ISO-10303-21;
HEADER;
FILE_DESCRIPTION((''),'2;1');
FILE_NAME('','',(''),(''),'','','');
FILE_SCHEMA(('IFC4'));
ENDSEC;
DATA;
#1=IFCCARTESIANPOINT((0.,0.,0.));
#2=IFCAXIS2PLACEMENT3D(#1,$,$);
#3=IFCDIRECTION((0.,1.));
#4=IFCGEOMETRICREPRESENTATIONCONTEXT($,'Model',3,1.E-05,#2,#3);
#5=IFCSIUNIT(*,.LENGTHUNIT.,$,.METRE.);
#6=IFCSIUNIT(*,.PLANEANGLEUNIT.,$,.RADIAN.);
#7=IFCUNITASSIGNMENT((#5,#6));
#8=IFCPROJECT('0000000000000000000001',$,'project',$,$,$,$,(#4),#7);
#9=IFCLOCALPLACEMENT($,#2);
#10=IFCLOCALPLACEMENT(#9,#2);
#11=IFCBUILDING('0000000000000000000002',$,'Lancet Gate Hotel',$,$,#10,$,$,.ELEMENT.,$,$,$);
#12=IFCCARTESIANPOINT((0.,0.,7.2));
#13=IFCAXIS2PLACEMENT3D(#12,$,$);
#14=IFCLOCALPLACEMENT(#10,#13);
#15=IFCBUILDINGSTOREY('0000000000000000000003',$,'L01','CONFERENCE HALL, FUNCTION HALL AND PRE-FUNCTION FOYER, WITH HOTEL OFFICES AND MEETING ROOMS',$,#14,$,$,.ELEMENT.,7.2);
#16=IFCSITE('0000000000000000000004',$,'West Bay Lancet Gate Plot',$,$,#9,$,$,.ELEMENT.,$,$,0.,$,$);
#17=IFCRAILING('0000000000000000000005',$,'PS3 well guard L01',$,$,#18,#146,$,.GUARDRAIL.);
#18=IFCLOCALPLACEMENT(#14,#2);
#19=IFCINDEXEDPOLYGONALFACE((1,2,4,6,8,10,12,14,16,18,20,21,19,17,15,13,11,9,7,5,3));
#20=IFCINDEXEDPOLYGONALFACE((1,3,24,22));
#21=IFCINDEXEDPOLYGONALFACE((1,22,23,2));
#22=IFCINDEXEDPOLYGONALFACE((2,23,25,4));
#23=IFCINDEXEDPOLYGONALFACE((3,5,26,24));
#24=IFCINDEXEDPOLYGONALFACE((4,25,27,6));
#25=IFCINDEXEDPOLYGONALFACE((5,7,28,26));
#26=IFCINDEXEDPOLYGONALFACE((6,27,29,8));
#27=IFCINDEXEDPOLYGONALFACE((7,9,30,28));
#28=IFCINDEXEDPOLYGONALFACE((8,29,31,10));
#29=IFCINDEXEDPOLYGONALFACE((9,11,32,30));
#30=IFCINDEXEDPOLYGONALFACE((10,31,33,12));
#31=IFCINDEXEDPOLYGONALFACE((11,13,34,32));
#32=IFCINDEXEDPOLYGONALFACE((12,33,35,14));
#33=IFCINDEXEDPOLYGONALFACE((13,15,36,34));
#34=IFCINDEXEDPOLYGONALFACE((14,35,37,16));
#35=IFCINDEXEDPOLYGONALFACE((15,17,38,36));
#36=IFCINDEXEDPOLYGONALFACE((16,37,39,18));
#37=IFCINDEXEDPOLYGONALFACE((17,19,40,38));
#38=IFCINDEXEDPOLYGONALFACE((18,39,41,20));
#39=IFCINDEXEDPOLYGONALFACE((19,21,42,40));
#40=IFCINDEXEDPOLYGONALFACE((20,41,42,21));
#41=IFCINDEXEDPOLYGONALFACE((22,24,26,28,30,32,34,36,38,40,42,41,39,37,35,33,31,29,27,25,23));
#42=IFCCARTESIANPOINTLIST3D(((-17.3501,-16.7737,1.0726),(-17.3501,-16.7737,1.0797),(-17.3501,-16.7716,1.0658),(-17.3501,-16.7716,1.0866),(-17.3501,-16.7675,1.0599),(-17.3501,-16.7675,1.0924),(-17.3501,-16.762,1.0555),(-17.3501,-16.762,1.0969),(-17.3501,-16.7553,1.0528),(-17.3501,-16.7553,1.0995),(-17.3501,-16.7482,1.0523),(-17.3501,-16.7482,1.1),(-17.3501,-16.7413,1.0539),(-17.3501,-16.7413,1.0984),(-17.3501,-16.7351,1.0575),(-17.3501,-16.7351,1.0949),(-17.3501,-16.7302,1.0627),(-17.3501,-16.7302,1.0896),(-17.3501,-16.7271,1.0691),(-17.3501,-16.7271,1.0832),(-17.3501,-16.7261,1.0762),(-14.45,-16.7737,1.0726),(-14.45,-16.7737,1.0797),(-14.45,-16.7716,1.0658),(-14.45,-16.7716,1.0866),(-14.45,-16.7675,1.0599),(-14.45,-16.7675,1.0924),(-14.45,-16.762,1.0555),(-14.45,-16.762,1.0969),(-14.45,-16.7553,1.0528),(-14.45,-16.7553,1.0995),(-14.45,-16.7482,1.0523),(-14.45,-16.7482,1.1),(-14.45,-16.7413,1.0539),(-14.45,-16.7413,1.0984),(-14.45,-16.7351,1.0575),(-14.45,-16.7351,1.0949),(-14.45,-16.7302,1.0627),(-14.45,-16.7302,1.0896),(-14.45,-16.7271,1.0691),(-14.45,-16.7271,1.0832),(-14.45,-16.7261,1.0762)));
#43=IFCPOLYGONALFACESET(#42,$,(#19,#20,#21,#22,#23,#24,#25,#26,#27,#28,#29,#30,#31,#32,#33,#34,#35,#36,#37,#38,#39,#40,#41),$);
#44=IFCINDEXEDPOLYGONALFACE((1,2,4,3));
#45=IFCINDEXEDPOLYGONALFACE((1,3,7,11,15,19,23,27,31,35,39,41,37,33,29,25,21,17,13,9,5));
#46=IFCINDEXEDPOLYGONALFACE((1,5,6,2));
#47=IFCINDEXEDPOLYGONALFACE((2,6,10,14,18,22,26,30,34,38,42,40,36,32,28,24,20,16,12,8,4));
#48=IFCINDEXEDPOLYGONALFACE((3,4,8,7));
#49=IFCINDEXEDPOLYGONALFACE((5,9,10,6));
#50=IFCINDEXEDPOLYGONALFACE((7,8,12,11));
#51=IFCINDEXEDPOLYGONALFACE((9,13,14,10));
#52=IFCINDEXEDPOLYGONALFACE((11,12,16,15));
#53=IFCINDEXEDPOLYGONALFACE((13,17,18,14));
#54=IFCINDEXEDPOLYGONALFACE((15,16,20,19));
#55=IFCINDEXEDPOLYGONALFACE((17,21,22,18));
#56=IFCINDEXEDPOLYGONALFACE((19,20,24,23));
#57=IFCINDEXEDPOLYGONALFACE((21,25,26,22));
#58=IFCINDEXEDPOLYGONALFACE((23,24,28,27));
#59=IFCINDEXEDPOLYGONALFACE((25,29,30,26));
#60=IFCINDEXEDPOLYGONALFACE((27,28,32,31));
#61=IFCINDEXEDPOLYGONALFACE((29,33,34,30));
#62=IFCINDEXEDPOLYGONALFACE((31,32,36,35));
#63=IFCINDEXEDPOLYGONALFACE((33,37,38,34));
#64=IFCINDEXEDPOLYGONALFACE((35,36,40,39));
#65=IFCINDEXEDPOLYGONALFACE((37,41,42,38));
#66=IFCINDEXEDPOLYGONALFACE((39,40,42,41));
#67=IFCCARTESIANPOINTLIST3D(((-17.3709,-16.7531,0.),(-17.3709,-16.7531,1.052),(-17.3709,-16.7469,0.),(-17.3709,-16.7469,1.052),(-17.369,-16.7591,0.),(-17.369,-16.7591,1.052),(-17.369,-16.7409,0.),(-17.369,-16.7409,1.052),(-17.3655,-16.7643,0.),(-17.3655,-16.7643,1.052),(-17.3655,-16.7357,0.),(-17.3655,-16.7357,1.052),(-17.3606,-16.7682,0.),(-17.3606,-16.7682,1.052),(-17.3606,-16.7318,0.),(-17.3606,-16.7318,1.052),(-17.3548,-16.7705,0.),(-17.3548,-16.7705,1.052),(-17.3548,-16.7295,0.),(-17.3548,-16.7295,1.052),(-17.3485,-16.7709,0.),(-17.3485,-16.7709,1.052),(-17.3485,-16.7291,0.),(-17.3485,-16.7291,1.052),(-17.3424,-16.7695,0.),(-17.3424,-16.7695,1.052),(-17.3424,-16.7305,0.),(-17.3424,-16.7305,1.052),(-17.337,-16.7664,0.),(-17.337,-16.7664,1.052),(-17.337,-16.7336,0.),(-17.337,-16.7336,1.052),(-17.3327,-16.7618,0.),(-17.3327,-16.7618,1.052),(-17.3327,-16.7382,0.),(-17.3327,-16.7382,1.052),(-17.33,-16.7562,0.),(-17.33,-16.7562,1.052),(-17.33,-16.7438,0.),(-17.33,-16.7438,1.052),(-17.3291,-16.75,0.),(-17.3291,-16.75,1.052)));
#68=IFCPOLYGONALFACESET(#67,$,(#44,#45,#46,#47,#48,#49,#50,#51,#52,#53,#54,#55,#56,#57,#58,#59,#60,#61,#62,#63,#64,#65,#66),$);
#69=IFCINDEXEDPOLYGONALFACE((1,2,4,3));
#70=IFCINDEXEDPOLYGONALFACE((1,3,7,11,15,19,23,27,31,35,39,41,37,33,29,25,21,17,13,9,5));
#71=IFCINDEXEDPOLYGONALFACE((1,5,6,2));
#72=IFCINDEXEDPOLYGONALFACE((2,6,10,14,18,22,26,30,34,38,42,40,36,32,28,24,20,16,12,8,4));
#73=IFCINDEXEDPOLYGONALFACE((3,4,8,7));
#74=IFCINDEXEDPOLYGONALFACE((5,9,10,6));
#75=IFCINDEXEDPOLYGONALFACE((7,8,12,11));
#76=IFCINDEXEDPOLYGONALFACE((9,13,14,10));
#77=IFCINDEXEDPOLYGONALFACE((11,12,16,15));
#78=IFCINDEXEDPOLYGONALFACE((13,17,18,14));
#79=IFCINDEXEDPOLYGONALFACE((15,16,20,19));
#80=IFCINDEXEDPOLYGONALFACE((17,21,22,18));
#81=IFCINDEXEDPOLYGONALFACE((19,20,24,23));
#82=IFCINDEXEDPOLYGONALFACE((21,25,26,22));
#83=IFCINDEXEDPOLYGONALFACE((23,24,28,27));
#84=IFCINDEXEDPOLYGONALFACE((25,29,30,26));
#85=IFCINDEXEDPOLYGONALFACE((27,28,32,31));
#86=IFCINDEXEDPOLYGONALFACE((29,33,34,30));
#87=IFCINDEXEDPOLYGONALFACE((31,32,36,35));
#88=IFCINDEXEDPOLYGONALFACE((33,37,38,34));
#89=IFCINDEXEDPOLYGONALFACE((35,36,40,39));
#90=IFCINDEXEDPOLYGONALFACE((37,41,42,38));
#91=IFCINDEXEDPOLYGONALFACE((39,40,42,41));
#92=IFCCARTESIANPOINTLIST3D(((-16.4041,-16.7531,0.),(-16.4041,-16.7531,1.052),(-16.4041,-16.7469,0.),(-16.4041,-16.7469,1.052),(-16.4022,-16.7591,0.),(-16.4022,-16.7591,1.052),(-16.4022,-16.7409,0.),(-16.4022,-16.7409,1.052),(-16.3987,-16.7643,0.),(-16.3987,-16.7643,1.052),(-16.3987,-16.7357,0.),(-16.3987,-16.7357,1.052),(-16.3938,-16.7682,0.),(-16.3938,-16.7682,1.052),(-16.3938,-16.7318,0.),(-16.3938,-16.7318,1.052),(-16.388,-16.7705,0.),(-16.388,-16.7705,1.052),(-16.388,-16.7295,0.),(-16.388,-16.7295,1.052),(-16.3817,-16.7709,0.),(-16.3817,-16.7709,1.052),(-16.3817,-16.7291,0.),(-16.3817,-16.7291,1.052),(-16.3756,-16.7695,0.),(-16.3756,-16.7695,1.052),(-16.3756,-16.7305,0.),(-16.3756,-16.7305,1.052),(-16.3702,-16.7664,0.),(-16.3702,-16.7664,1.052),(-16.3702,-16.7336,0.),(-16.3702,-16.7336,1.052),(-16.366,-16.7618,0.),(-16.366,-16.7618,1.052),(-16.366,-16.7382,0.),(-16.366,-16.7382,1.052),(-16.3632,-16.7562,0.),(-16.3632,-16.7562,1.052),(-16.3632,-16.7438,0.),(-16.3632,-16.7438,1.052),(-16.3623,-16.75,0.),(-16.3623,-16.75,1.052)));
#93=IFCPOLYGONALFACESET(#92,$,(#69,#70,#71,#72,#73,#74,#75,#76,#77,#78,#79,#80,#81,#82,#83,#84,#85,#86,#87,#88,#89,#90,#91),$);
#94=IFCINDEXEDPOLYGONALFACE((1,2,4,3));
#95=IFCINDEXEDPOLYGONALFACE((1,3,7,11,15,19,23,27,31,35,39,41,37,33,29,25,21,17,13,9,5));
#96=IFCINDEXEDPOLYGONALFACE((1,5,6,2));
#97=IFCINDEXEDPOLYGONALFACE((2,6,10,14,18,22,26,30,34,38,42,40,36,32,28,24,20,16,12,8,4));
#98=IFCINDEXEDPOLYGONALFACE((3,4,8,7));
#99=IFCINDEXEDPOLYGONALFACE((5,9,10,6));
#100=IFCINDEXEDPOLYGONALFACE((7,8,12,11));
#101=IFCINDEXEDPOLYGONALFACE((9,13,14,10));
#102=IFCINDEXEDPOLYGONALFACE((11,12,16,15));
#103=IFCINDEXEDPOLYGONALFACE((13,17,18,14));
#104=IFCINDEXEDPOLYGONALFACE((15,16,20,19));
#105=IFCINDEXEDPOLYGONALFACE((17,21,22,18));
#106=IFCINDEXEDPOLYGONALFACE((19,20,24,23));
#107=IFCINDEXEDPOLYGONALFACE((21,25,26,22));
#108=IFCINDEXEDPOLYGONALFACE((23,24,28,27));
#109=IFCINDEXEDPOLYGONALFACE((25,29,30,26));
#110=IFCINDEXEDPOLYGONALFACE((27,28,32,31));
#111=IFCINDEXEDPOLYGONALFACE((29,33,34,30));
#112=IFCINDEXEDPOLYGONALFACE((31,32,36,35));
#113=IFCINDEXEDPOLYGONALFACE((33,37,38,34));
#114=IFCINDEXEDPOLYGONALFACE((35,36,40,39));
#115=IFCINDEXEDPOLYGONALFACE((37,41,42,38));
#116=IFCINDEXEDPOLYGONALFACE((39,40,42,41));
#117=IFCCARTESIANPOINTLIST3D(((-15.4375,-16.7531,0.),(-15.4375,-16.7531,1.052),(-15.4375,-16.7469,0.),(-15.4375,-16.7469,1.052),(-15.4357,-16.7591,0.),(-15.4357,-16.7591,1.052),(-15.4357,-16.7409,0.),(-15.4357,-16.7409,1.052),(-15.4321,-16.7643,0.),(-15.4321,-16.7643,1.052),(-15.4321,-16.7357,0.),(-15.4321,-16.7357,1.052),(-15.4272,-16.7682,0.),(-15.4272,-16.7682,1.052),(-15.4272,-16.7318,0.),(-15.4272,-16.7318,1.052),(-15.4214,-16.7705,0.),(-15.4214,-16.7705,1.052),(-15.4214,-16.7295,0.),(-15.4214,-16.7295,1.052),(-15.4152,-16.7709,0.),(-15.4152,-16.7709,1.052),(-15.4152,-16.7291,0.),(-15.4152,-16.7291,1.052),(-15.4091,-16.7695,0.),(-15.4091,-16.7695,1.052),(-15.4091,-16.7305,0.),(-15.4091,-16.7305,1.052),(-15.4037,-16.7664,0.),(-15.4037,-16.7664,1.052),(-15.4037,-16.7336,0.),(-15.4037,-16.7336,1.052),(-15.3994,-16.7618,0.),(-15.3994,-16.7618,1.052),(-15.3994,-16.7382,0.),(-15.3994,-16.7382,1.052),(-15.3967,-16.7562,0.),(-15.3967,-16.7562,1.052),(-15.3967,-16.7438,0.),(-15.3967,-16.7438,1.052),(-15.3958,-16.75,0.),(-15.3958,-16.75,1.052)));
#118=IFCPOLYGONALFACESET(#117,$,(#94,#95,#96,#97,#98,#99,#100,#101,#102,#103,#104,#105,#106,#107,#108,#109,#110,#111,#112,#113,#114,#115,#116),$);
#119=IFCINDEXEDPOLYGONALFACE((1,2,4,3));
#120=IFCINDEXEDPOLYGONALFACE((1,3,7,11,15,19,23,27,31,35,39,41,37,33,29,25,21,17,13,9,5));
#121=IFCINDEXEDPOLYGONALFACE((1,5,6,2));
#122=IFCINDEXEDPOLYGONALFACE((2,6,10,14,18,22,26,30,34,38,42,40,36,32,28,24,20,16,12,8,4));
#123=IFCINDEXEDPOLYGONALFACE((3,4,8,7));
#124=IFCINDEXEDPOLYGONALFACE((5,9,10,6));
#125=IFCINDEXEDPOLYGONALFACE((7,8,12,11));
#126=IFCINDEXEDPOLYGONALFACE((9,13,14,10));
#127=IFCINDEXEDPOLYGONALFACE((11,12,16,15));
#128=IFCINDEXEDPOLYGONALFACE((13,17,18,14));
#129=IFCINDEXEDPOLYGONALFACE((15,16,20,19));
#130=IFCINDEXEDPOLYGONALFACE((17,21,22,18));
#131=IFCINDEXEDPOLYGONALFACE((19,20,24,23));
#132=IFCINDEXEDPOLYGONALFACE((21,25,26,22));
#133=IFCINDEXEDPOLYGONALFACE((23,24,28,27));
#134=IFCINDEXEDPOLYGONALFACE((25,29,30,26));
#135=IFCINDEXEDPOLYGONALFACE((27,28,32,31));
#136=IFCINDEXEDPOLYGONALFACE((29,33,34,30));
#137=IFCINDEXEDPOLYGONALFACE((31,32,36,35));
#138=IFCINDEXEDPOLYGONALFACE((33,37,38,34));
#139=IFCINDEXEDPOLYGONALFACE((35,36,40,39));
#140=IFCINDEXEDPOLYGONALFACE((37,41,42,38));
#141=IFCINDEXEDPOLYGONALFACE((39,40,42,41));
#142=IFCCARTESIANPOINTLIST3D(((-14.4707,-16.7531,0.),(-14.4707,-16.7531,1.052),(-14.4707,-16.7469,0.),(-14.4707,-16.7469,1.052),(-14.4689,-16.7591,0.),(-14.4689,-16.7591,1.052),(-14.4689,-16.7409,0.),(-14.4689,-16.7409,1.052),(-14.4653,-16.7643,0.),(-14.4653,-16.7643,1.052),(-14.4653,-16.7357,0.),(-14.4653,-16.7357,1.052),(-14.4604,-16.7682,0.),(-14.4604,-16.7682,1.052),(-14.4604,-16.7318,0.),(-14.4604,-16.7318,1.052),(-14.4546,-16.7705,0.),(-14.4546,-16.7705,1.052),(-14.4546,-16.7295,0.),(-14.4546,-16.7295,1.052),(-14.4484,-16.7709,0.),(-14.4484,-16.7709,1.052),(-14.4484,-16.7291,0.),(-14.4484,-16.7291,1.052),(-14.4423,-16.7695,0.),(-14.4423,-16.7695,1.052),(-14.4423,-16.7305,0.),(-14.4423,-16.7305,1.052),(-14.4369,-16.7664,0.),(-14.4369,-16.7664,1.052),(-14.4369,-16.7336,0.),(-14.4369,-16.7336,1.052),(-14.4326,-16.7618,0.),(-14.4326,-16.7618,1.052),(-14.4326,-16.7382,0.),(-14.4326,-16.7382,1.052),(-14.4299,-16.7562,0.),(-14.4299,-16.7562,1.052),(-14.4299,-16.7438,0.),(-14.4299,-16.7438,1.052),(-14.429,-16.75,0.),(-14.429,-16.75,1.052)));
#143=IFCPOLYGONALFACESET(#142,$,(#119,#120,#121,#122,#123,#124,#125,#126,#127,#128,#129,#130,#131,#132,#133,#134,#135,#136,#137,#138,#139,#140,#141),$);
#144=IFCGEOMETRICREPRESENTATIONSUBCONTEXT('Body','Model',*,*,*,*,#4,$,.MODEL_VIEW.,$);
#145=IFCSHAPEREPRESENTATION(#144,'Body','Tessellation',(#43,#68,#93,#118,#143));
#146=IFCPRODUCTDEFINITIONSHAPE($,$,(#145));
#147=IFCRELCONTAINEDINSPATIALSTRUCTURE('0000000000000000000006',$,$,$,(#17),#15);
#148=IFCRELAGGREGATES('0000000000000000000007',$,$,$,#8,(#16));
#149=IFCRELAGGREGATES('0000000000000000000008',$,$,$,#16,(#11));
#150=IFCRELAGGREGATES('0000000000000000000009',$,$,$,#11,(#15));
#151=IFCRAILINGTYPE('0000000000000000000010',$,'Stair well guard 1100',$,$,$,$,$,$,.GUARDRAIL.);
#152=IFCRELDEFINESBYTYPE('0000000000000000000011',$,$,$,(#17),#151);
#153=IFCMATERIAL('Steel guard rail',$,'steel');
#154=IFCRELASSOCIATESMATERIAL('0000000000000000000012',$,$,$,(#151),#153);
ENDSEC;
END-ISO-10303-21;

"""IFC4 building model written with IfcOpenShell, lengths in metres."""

from ifc_helpers import new_model, si_unit, direction, frame, origin, origin_2d, place, context, subcontext, project, spatial, circle, extrude, material, type_object, element, save


model = new_model("IFC4")

# Units and contexts
model_context = context("Model", 3, precision=1e-05, world=origin(), true_north=direction((0.0, 1.0)))
body_context = subcontext(model_context, "Body", "Model", "MODEL_VIEW")
ifc_project = project(units=[si_unit("LENGTHUNIT", "METRE"), si_unit("PLANEANGLEUNIT", "RADIAN")], contexts=[model_context])

# Site, building, storey
site_placement = place(None, origin())
site = spatial("IfcSite", under=ifc_project, at=site_placement, Name="West Bay Lancet Gate Plot", CompositionType="ELEMENT", RefElevation=0.0)
building_placement = place(site_placement, origin())
building = spatial("IfcBuilding", under=site, at=building_placement, Name="Lancet Gate Hotel", CompositionType="ELEMENT")
storey_placement = place(building_placement, frame((0.0, 0.0, 7.2)))
storey = spatial("IfcBuildingStorey", under=building, at=storey_placement, Name="L01", Description="CONFERENCE HALL, FUNCTION HALL AND PRE-FUNCTION FOYER, WITH HOTEL OFFICES AND MEETING ROOMS", CompositionType="ELEMENT", Elevation=7.2)

# Railing
ifc_material_1 = material(Name="Steel guard rail", Category="steel")
railing_type_1 = type_object("IfcRailingType", Name="Stair well guard 1100", PredefinedType="GUARDRAIL", material=ifc_material_1)
railing_1_placement = place(storey_placement, frame((-17.3501, -16.75, 0.0)))
element("IfcRailing", 1, at=railing_1_placement, inside=storey, type_object=railing_type_1, Name="PS3 well guard L01", PredefinedType="GUARDRAIL", context=body_context, shape_type="SweptSolid", body=[
    extrude(circle(Radius=0.0239, at=origin_2d()), frame((0.0, 0.0, 1.0762), z_axis=(1.0, 0.0, 0.0), x_axis=(0.0, 1.0, 0.0)), (0.0, 0.0, 1.0), 2.9001),
    extrude(circle(Radius=0.021, at=origin_2d()), origin(), (0.0, 0.0, 1.0), 1.052),
    extrude(circle(Radius=0.021, at=origin_2d()), frame((0.9668, 0.0, 0.0)), (0.0, 0.0, 1.0), 1.052),
    extrude(circle(Radius=0.021, at=origin_2d()), frame((1.9333, 0.0, 0.0)), (0.0, 0.0, 1.0), 1.052),
    extrude(circle(Radius=0.021, at=origin_2d()), frame((2.9001, 0.0, 0.0)), (0.0, 0.0, 1.0), 1.052),
])

save(model, "model.ifc")
